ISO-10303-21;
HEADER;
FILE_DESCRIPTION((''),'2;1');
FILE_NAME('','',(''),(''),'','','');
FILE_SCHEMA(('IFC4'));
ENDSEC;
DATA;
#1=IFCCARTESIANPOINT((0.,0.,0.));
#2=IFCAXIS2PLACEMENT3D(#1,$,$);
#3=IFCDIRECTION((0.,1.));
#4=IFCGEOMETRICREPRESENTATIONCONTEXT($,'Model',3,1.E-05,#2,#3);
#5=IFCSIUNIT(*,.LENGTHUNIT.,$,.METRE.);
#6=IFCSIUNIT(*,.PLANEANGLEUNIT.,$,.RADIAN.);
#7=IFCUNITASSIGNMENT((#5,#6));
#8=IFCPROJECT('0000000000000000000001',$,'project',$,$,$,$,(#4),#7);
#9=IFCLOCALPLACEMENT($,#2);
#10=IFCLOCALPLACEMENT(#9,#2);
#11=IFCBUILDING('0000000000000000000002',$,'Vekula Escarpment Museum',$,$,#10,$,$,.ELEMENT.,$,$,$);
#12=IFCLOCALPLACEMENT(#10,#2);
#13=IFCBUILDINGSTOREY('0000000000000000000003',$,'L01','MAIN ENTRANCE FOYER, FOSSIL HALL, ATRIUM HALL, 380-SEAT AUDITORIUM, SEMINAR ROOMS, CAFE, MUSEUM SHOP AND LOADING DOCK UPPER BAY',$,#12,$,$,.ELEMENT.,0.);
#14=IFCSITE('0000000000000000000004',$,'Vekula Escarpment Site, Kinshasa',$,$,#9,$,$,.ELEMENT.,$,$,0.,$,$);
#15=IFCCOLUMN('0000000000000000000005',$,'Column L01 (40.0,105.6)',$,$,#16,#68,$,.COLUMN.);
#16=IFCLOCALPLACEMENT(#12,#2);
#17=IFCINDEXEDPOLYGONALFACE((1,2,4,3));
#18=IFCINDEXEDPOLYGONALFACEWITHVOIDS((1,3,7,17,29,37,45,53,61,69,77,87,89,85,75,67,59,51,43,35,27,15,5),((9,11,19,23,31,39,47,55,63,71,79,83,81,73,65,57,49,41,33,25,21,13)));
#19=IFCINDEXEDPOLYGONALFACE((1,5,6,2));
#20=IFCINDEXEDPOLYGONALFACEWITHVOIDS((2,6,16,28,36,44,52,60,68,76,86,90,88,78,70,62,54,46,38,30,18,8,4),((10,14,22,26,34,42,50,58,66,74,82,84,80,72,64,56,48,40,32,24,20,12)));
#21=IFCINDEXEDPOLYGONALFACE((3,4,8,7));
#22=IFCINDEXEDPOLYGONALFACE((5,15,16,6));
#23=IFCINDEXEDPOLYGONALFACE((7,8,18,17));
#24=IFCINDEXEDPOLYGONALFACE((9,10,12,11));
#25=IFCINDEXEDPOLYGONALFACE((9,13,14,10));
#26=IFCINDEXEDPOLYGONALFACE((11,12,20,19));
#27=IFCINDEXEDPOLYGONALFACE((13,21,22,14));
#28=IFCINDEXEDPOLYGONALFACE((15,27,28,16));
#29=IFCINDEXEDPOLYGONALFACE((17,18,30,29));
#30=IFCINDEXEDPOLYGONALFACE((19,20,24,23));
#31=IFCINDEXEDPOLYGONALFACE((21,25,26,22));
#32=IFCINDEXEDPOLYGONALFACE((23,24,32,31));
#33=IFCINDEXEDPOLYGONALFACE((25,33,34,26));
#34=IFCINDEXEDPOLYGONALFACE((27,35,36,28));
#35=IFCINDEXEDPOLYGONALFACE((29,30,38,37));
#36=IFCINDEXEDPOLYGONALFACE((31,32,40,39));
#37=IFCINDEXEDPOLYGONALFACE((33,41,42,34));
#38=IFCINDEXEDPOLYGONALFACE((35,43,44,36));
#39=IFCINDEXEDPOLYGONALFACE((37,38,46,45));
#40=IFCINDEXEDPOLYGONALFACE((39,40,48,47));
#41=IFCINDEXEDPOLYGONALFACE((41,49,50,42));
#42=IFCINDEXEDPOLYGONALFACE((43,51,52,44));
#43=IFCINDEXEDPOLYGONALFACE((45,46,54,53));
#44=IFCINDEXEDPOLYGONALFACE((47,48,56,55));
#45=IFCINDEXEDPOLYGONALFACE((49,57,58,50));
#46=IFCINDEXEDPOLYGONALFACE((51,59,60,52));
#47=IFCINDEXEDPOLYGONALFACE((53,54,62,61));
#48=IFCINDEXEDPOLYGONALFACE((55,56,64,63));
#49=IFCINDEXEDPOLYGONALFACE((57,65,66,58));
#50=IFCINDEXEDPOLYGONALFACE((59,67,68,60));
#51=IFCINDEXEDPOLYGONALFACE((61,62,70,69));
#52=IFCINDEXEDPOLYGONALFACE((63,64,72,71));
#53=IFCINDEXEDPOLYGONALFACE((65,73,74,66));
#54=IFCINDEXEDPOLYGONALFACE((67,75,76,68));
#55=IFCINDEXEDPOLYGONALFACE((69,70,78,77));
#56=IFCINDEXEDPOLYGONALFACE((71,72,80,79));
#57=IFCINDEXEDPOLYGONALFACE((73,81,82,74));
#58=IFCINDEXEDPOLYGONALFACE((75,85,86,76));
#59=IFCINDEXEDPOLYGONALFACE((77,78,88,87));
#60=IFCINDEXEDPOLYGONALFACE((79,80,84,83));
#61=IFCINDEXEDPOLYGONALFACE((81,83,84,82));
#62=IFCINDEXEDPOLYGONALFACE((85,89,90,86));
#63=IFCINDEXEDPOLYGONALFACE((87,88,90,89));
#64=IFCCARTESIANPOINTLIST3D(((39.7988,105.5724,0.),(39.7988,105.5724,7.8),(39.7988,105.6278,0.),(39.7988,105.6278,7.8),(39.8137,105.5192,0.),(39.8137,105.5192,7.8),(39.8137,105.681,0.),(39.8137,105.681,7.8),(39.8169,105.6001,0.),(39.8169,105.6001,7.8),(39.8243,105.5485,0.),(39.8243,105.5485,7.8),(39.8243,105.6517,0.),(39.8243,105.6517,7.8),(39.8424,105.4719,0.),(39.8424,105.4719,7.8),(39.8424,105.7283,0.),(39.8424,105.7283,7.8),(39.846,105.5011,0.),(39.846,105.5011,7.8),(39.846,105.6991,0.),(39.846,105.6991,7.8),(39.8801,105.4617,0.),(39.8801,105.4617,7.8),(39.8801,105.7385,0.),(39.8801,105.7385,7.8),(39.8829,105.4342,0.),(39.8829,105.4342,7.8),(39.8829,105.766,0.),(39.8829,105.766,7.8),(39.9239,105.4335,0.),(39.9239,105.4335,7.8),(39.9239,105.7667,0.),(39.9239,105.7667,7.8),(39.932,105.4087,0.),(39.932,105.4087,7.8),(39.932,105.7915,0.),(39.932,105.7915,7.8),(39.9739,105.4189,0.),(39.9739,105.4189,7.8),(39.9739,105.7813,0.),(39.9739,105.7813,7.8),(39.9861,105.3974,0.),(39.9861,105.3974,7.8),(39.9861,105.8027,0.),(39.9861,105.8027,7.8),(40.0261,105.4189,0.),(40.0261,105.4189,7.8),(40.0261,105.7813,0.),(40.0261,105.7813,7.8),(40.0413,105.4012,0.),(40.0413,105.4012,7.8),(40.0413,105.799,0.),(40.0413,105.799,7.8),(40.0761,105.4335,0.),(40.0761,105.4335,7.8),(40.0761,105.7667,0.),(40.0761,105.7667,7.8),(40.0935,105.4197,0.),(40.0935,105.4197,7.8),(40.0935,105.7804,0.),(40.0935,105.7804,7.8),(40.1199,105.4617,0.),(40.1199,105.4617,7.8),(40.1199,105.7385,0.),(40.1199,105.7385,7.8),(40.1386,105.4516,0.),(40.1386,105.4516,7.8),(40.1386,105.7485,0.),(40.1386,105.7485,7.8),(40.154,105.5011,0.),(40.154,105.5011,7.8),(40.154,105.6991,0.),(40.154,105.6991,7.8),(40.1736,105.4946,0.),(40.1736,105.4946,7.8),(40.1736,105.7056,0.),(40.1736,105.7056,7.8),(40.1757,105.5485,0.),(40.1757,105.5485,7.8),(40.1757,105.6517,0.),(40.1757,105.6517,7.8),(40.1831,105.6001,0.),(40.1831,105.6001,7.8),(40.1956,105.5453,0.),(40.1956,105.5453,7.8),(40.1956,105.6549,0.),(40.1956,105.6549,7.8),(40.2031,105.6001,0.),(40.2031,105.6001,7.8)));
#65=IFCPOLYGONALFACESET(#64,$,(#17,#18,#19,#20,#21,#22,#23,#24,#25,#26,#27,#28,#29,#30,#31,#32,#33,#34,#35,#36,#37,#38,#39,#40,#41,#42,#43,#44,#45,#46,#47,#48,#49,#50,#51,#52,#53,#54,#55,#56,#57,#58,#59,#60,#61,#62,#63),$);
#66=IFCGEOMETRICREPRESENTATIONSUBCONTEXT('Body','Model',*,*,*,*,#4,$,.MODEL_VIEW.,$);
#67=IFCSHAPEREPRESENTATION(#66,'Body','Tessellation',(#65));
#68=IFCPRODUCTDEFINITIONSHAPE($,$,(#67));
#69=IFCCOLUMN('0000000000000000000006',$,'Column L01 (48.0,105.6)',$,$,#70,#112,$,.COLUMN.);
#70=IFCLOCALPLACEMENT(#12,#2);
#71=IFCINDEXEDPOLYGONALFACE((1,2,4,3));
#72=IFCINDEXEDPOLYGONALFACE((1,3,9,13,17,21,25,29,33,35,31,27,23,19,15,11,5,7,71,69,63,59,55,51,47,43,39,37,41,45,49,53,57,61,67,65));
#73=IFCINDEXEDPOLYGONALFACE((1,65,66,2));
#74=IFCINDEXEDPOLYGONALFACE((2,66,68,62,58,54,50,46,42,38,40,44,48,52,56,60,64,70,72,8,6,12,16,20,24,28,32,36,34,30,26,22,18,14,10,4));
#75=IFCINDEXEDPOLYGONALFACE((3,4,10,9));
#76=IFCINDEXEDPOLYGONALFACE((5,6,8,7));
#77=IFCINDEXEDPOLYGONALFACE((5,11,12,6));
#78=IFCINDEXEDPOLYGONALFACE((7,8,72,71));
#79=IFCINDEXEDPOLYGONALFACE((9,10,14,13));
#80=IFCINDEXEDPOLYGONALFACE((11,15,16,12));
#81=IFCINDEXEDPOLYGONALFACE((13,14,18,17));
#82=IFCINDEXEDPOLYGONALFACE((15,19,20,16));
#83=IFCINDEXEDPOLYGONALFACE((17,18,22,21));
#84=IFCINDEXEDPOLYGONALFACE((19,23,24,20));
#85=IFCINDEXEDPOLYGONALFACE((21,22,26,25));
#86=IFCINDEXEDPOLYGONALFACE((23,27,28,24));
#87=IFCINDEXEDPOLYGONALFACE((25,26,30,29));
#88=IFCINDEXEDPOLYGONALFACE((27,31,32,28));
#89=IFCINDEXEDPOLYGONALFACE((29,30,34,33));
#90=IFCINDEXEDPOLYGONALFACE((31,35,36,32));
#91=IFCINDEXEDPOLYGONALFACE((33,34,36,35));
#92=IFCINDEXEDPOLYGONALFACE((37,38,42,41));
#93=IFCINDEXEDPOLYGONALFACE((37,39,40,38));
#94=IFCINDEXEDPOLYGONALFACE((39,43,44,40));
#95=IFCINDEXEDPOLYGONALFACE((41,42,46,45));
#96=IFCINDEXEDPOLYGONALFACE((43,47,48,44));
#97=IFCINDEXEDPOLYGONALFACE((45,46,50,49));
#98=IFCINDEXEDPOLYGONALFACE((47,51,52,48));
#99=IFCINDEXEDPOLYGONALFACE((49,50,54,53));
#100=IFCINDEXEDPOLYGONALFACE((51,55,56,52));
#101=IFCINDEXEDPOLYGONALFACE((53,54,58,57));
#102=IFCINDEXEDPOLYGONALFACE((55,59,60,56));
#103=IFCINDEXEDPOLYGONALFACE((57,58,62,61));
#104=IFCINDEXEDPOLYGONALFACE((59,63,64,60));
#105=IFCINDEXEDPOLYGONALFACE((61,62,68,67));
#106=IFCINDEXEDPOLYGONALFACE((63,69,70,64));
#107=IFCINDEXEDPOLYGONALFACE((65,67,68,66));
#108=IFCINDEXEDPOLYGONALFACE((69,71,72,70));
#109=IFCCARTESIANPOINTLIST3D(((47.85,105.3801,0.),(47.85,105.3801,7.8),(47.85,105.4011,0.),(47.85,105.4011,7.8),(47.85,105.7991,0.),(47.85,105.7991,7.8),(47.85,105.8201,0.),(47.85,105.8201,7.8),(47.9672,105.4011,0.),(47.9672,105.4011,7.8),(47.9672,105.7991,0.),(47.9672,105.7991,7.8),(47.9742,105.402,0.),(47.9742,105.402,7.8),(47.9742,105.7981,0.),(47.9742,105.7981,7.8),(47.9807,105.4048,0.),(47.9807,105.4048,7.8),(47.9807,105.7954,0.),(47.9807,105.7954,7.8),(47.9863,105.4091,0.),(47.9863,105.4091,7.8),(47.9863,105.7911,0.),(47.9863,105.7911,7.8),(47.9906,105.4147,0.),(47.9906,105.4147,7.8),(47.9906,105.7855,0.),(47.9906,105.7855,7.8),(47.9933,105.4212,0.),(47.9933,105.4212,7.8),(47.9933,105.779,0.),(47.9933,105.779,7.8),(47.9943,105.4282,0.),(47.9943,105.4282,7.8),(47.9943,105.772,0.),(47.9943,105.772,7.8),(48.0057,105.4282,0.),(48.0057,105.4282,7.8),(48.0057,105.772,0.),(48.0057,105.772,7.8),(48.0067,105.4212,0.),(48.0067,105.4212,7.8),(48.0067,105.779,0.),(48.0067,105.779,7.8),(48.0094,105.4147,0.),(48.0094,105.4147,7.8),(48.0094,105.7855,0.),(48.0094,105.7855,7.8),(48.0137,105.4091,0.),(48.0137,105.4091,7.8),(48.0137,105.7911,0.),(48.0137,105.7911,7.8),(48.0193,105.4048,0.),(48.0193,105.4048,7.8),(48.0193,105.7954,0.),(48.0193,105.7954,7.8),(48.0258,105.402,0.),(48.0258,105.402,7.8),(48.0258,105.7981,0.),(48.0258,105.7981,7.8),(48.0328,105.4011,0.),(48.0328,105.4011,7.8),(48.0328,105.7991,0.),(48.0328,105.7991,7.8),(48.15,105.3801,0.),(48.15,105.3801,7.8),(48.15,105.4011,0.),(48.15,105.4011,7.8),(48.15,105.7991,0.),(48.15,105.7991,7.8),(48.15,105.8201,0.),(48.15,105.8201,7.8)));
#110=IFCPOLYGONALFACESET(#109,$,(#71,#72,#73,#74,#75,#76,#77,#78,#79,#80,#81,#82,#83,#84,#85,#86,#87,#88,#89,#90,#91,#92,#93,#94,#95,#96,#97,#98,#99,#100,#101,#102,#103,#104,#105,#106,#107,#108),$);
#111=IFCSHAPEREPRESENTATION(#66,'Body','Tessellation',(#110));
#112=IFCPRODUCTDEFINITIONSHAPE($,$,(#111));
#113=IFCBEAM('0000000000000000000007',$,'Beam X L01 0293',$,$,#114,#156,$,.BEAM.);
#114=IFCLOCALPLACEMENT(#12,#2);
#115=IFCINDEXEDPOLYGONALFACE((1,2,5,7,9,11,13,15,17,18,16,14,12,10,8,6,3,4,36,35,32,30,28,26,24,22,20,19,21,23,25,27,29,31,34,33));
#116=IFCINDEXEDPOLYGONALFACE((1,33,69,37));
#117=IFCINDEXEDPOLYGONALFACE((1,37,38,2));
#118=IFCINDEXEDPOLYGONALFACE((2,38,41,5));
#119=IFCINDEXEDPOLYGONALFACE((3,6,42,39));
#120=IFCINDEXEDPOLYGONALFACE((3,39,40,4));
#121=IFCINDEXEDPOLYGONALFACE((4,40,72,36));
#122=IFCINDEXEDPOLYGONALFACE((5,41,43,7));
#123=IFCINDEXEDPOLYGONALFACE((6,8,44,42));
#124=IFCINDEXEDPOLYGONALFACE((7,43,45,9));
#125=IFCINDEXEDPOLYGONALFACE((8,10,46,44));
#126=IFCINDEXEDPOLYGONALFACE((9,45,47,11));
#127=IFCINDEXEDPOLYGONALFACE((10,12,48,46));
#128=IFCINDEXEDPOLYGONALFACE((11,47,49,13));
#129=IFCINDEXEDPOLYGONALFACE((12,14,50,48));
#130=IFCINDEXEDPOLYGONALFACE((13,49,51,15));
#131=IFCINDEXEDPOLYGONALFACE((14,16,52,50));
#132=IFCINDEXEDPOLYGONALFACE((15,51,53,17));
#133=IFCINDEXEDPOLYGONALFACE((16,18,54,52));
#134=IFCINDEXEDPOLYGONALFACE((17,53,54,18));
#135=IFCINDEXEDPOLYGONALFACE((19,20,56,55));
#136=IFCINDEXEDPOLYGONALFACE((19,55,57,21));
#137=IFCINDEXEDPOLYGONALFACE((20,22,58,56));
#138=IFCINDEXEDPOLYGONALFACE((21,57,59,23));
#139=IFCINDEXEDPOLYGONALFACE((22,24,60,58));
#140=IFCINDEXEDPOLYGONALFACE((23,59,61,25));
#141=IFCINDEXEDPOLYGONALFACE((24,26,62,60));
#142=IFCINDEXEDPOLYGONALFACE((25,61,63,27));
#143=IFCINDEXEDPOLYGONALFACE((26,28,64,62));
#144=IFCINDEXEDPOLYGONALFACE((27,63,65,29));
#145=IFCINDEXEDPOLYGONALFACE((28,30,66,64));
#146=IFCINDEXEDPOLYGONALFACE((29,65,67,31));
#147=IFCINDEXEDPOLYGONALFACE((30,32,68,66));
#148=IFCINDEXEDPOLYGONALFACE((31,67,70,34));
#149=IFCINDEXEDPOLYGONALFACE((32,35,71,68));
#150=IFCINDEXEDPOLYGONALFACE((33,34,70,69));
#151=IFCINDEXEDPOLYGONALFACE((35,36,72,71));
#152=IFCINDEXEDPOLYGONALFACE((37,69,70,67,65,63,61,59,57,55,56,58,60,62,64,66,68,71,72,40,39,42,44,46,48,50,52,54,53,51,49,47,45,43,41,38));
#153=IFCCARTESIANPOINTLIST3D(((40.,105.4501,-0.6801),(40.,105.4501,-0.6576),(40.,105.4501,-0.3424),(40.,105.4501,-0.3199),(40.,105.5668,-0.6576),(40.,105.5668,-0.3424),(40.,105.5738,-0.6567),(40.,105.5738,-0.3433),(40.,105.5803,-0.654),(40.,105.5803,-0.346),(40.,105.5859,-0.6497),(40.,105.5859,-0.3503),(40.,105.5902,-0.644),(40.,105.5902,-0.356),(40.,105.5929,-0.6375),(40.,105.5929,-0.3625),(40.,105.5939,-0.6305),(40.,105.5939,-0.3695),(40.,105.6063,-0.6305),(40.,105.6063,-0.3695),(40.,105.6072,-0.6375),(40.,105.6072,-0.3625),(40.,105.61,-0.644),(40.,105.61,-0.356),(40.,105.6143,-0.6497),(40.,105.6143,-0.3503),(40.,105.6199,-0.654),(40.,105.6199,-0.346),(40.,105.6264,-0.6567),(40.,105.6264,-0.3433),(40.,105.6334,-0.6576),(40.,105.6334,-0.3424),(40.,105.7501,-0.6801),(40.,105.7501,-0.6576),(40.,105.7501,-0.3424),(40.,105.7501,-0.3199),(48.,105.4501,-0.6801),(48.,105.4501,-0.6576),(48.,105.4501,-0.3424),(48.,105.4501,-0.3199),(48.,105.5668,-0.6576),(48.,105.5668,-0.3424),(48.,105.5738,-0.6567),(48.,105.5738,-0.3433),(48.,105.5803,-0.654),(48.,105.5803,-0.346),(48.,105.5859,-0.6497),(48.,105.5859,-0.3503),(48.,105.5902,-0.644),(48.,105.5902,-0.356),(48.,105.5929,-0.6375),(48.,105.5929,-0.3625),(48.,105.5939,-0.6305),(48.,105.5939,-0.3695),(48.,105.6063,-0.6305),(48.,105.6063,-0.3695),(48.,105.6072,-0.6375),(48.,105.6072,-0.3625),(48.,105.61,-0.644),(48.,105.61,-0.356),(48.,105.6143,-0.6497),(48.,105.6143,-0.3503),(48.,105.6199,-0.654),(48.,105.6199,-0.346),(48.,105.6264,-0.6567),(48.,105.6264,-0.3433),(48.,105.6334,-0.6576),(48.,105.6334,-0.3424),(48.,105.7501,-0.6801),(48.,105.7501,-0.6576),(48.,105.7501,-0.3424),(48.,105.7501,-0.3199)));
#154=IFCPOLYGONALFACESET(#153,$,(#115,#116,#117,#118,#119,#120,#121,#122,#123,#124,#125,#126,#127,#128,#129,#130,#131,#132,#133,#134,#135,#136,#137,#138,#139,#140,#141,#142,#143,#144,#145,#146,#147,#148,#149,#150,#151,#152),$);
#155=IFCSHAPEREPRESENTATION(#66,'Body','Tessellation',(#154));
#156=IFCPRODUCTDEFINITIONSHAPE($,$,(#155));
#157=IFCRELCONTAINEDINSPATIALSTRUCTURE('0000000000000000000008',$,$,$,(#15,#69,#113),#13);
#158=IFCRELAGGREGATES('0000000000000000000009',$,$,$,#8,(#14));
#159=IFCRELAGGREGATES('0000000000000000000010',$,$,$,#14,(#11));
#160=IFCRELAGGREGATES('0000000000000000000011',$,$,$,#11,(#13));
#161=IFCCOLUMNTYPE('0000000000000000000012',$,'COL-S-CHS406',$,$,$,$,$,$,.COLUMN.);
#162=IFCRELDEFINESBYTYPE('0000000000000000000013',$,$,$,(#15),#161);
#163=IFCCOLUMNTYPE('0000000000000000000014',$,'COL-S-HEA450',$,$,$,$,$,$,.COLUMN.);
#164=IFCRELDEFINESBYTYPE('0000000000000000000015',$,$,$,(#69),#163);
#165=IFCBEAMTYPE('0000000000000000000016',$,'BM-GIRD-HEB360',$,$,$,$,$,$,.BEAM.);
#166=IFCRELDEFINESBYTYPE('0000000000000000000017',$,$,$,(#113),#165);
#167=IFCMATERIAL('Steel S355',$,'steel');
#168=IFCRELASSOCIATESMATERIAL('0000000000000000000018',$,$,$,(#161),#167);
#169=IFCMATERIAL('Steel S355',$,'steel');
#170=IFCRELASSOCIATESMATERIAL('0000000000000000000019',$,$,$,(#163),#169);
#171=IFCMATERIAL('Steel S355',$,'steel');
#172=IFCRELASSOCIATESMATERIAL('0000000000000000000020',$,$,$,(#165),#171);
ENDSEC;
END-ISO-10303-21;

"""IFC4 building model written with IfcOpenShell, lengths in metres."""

from ifc_helpers import new_model, si_unit, direction, frame, origin, origin_2d, place, context, subcontext, project, spatial, hollow_circle, i_section, extrude, material, material_profile, profile_set, type_object, element, save


model = new_model("IFC4")

# Units and contexts
model_context = context("Model", 3, precision=1e-05, world=origin(), true_north=direction((0.0, 1.0)))
body_context = subcontext(model_context, "Body", "Model", "MODEL_VIEW")
ifc_project = project(units=[si_unit("LENGTHUNIT", "METRE"), si_unit("PLANEANGLEUNIT", "RADIAN")], contexts=[model_context])

# Site, building, storey
site_placement = place(None, origin())
site = spatial("IfcSite", under=ifc_project, at=site_placement, Name="Vekula Escarpment Site, Kinshasa", CompositionType="ELEMENT", RefElevation=0.0)
building_placement = place(site_placement, origin())
building = spatial("IfcBuilding", under=site, at=building_placement, Name="Vekula Escarpment Museum", CompositionType="ELEMENT")
storey_placement = place(building_placement, origin())
storey = spatial("IfcBuildingStorey", under=building, at=storey_placement, Name="L01", Description="MAIN ENTRANCE FOYER, FOSSIL HALL, ATRIUM HALL, 380-SEAT AUDITORIUM, SEMINAR ROOMS, CAFE, MUSEUM SHOP AND LOADING DOCK UPPER BAY", CompositionType="ELEMENT", Elevation=0.0)

# Columns
ifc_material_1 = material(Name="Steel S355", Category="steel")
ifc_material_profile_1 = material_profile(ifc_material_1, hollow_circle(Radius=0.2031, WallThickness=0.02, at=origin_2d()), Name="CHS 406.4x20")
ifc_profile_set_1 = profile_set([ifc_material_profile_1], Name="Steel S355")
column_type_1 = type_object("IfcColumnType", Name="COL-S-CHS406", PredefinedType="COLUMN", material=ifc_profile_set_1)
column_1_placement = place(storey_placement, frame((40.0, 105.6001, 0.0), z_axis=(0.0, 0.0, 1.0), x_axis=(1.0, 0.0, 0.0)))
element("IfcColumn", 1, at=column_1_placement, inside=storey, type_object=column_type_1, Name="Column L01 (40.0,105.6)", PredefinedType="COLUMN", context=body_context, shape_type="SweptSolid", body=[
    extrude(hollow_circle(Radius=0.2031, WallThickness=0.02, at=origin_2d()), origin(), (0.0, 0.0, 1.0), 7.8),
])
ifc_material_2 = material(Name="Steel S355", Category="steel")
ifc_material_profile_2 = material_profile(ifc_material_2, i_section(OverallWidth=0.3, OverallDepth=0.4399, WebThickness=0.0115, FlangeThickness=0.021, FilletRadius=0.0271, at=origin_2d()), Name="HEA 450")
ifc_profile_set_2 = profile_set([ifc_material_profile_2], Name="Steel S355")
column_type_2 = type_object("IfcColumnType", Name="COL-S-HEA450", PredefinedType="COLUMN", material=ifc_profile_set_2)
column_2_placement = place(storey_placement, frame((48.0, 105.6001, 0.0), z_axis=(0.0, 0.0, 1.0), x_axis=(1.0, 0.0, 0.0)))
element("IfcColumn", 2, at=column_2_placement, inside=storey, type_object=column_type_2, Name="Column L01 (48.0,105.6)", PredefinedType="COLUMN", context=body_context, shape_type="SweptSolid", body=[
    extrude(i_section(OverallWidth=0.3, OverallDepth=0.4399, WebThickness=0.0115, FlangeThickness=0.021, FilletRadius=0.0271, at=origin_2d()), origin(), (0.0, 0.0, 1.0), 7.8),
])

# Beam
ifc_material_3 = material(Name="Steel S355", Category="steel")
ifc_material_profile_3 = material_profile(ifc_material_3, i_section(OverallWidth=0.3, OverallDepth=0.3601, WebThickness=0.0125, FlangeThickness=0.0225, FilletRadius=0.0271, at=origin_2d()), Name="HEB 360")
ifc_profile_set_3 = profile_set([ifc_material_profile_3], Name="Steel S355")
beam_type_1 = type_object("IfcBeamType", Name="BM-GIRD-HEB360", PredefinedType="BEAM", material=ifc_profile_set_3)
beam_1_placement = place(storey_placement, frame((40.0, 105.6001, -0.5), z_axis=(1.0, 0.0, 0.0), x_axis=(0.0, 1.0, 0.0)))
element("IfcBeam", 3, at=beam_1_placement, inside=storey, type_object=beam_type_1, Name="Beam X L01 0293", PredefinedType="BEAM", context=body_context, shape_type="SweptSolid", body=[
    extrude(i_section(OverallWidth=0.3, OverallDepth=0.3601, WebThickness=0.0125, FlangeThickness=0.0225, FilletRadius=0.0271, at=origin_2d()), origin(), (0.0, 0.0, 1.0), 8.0),
])

save(model, "model.ifc")
